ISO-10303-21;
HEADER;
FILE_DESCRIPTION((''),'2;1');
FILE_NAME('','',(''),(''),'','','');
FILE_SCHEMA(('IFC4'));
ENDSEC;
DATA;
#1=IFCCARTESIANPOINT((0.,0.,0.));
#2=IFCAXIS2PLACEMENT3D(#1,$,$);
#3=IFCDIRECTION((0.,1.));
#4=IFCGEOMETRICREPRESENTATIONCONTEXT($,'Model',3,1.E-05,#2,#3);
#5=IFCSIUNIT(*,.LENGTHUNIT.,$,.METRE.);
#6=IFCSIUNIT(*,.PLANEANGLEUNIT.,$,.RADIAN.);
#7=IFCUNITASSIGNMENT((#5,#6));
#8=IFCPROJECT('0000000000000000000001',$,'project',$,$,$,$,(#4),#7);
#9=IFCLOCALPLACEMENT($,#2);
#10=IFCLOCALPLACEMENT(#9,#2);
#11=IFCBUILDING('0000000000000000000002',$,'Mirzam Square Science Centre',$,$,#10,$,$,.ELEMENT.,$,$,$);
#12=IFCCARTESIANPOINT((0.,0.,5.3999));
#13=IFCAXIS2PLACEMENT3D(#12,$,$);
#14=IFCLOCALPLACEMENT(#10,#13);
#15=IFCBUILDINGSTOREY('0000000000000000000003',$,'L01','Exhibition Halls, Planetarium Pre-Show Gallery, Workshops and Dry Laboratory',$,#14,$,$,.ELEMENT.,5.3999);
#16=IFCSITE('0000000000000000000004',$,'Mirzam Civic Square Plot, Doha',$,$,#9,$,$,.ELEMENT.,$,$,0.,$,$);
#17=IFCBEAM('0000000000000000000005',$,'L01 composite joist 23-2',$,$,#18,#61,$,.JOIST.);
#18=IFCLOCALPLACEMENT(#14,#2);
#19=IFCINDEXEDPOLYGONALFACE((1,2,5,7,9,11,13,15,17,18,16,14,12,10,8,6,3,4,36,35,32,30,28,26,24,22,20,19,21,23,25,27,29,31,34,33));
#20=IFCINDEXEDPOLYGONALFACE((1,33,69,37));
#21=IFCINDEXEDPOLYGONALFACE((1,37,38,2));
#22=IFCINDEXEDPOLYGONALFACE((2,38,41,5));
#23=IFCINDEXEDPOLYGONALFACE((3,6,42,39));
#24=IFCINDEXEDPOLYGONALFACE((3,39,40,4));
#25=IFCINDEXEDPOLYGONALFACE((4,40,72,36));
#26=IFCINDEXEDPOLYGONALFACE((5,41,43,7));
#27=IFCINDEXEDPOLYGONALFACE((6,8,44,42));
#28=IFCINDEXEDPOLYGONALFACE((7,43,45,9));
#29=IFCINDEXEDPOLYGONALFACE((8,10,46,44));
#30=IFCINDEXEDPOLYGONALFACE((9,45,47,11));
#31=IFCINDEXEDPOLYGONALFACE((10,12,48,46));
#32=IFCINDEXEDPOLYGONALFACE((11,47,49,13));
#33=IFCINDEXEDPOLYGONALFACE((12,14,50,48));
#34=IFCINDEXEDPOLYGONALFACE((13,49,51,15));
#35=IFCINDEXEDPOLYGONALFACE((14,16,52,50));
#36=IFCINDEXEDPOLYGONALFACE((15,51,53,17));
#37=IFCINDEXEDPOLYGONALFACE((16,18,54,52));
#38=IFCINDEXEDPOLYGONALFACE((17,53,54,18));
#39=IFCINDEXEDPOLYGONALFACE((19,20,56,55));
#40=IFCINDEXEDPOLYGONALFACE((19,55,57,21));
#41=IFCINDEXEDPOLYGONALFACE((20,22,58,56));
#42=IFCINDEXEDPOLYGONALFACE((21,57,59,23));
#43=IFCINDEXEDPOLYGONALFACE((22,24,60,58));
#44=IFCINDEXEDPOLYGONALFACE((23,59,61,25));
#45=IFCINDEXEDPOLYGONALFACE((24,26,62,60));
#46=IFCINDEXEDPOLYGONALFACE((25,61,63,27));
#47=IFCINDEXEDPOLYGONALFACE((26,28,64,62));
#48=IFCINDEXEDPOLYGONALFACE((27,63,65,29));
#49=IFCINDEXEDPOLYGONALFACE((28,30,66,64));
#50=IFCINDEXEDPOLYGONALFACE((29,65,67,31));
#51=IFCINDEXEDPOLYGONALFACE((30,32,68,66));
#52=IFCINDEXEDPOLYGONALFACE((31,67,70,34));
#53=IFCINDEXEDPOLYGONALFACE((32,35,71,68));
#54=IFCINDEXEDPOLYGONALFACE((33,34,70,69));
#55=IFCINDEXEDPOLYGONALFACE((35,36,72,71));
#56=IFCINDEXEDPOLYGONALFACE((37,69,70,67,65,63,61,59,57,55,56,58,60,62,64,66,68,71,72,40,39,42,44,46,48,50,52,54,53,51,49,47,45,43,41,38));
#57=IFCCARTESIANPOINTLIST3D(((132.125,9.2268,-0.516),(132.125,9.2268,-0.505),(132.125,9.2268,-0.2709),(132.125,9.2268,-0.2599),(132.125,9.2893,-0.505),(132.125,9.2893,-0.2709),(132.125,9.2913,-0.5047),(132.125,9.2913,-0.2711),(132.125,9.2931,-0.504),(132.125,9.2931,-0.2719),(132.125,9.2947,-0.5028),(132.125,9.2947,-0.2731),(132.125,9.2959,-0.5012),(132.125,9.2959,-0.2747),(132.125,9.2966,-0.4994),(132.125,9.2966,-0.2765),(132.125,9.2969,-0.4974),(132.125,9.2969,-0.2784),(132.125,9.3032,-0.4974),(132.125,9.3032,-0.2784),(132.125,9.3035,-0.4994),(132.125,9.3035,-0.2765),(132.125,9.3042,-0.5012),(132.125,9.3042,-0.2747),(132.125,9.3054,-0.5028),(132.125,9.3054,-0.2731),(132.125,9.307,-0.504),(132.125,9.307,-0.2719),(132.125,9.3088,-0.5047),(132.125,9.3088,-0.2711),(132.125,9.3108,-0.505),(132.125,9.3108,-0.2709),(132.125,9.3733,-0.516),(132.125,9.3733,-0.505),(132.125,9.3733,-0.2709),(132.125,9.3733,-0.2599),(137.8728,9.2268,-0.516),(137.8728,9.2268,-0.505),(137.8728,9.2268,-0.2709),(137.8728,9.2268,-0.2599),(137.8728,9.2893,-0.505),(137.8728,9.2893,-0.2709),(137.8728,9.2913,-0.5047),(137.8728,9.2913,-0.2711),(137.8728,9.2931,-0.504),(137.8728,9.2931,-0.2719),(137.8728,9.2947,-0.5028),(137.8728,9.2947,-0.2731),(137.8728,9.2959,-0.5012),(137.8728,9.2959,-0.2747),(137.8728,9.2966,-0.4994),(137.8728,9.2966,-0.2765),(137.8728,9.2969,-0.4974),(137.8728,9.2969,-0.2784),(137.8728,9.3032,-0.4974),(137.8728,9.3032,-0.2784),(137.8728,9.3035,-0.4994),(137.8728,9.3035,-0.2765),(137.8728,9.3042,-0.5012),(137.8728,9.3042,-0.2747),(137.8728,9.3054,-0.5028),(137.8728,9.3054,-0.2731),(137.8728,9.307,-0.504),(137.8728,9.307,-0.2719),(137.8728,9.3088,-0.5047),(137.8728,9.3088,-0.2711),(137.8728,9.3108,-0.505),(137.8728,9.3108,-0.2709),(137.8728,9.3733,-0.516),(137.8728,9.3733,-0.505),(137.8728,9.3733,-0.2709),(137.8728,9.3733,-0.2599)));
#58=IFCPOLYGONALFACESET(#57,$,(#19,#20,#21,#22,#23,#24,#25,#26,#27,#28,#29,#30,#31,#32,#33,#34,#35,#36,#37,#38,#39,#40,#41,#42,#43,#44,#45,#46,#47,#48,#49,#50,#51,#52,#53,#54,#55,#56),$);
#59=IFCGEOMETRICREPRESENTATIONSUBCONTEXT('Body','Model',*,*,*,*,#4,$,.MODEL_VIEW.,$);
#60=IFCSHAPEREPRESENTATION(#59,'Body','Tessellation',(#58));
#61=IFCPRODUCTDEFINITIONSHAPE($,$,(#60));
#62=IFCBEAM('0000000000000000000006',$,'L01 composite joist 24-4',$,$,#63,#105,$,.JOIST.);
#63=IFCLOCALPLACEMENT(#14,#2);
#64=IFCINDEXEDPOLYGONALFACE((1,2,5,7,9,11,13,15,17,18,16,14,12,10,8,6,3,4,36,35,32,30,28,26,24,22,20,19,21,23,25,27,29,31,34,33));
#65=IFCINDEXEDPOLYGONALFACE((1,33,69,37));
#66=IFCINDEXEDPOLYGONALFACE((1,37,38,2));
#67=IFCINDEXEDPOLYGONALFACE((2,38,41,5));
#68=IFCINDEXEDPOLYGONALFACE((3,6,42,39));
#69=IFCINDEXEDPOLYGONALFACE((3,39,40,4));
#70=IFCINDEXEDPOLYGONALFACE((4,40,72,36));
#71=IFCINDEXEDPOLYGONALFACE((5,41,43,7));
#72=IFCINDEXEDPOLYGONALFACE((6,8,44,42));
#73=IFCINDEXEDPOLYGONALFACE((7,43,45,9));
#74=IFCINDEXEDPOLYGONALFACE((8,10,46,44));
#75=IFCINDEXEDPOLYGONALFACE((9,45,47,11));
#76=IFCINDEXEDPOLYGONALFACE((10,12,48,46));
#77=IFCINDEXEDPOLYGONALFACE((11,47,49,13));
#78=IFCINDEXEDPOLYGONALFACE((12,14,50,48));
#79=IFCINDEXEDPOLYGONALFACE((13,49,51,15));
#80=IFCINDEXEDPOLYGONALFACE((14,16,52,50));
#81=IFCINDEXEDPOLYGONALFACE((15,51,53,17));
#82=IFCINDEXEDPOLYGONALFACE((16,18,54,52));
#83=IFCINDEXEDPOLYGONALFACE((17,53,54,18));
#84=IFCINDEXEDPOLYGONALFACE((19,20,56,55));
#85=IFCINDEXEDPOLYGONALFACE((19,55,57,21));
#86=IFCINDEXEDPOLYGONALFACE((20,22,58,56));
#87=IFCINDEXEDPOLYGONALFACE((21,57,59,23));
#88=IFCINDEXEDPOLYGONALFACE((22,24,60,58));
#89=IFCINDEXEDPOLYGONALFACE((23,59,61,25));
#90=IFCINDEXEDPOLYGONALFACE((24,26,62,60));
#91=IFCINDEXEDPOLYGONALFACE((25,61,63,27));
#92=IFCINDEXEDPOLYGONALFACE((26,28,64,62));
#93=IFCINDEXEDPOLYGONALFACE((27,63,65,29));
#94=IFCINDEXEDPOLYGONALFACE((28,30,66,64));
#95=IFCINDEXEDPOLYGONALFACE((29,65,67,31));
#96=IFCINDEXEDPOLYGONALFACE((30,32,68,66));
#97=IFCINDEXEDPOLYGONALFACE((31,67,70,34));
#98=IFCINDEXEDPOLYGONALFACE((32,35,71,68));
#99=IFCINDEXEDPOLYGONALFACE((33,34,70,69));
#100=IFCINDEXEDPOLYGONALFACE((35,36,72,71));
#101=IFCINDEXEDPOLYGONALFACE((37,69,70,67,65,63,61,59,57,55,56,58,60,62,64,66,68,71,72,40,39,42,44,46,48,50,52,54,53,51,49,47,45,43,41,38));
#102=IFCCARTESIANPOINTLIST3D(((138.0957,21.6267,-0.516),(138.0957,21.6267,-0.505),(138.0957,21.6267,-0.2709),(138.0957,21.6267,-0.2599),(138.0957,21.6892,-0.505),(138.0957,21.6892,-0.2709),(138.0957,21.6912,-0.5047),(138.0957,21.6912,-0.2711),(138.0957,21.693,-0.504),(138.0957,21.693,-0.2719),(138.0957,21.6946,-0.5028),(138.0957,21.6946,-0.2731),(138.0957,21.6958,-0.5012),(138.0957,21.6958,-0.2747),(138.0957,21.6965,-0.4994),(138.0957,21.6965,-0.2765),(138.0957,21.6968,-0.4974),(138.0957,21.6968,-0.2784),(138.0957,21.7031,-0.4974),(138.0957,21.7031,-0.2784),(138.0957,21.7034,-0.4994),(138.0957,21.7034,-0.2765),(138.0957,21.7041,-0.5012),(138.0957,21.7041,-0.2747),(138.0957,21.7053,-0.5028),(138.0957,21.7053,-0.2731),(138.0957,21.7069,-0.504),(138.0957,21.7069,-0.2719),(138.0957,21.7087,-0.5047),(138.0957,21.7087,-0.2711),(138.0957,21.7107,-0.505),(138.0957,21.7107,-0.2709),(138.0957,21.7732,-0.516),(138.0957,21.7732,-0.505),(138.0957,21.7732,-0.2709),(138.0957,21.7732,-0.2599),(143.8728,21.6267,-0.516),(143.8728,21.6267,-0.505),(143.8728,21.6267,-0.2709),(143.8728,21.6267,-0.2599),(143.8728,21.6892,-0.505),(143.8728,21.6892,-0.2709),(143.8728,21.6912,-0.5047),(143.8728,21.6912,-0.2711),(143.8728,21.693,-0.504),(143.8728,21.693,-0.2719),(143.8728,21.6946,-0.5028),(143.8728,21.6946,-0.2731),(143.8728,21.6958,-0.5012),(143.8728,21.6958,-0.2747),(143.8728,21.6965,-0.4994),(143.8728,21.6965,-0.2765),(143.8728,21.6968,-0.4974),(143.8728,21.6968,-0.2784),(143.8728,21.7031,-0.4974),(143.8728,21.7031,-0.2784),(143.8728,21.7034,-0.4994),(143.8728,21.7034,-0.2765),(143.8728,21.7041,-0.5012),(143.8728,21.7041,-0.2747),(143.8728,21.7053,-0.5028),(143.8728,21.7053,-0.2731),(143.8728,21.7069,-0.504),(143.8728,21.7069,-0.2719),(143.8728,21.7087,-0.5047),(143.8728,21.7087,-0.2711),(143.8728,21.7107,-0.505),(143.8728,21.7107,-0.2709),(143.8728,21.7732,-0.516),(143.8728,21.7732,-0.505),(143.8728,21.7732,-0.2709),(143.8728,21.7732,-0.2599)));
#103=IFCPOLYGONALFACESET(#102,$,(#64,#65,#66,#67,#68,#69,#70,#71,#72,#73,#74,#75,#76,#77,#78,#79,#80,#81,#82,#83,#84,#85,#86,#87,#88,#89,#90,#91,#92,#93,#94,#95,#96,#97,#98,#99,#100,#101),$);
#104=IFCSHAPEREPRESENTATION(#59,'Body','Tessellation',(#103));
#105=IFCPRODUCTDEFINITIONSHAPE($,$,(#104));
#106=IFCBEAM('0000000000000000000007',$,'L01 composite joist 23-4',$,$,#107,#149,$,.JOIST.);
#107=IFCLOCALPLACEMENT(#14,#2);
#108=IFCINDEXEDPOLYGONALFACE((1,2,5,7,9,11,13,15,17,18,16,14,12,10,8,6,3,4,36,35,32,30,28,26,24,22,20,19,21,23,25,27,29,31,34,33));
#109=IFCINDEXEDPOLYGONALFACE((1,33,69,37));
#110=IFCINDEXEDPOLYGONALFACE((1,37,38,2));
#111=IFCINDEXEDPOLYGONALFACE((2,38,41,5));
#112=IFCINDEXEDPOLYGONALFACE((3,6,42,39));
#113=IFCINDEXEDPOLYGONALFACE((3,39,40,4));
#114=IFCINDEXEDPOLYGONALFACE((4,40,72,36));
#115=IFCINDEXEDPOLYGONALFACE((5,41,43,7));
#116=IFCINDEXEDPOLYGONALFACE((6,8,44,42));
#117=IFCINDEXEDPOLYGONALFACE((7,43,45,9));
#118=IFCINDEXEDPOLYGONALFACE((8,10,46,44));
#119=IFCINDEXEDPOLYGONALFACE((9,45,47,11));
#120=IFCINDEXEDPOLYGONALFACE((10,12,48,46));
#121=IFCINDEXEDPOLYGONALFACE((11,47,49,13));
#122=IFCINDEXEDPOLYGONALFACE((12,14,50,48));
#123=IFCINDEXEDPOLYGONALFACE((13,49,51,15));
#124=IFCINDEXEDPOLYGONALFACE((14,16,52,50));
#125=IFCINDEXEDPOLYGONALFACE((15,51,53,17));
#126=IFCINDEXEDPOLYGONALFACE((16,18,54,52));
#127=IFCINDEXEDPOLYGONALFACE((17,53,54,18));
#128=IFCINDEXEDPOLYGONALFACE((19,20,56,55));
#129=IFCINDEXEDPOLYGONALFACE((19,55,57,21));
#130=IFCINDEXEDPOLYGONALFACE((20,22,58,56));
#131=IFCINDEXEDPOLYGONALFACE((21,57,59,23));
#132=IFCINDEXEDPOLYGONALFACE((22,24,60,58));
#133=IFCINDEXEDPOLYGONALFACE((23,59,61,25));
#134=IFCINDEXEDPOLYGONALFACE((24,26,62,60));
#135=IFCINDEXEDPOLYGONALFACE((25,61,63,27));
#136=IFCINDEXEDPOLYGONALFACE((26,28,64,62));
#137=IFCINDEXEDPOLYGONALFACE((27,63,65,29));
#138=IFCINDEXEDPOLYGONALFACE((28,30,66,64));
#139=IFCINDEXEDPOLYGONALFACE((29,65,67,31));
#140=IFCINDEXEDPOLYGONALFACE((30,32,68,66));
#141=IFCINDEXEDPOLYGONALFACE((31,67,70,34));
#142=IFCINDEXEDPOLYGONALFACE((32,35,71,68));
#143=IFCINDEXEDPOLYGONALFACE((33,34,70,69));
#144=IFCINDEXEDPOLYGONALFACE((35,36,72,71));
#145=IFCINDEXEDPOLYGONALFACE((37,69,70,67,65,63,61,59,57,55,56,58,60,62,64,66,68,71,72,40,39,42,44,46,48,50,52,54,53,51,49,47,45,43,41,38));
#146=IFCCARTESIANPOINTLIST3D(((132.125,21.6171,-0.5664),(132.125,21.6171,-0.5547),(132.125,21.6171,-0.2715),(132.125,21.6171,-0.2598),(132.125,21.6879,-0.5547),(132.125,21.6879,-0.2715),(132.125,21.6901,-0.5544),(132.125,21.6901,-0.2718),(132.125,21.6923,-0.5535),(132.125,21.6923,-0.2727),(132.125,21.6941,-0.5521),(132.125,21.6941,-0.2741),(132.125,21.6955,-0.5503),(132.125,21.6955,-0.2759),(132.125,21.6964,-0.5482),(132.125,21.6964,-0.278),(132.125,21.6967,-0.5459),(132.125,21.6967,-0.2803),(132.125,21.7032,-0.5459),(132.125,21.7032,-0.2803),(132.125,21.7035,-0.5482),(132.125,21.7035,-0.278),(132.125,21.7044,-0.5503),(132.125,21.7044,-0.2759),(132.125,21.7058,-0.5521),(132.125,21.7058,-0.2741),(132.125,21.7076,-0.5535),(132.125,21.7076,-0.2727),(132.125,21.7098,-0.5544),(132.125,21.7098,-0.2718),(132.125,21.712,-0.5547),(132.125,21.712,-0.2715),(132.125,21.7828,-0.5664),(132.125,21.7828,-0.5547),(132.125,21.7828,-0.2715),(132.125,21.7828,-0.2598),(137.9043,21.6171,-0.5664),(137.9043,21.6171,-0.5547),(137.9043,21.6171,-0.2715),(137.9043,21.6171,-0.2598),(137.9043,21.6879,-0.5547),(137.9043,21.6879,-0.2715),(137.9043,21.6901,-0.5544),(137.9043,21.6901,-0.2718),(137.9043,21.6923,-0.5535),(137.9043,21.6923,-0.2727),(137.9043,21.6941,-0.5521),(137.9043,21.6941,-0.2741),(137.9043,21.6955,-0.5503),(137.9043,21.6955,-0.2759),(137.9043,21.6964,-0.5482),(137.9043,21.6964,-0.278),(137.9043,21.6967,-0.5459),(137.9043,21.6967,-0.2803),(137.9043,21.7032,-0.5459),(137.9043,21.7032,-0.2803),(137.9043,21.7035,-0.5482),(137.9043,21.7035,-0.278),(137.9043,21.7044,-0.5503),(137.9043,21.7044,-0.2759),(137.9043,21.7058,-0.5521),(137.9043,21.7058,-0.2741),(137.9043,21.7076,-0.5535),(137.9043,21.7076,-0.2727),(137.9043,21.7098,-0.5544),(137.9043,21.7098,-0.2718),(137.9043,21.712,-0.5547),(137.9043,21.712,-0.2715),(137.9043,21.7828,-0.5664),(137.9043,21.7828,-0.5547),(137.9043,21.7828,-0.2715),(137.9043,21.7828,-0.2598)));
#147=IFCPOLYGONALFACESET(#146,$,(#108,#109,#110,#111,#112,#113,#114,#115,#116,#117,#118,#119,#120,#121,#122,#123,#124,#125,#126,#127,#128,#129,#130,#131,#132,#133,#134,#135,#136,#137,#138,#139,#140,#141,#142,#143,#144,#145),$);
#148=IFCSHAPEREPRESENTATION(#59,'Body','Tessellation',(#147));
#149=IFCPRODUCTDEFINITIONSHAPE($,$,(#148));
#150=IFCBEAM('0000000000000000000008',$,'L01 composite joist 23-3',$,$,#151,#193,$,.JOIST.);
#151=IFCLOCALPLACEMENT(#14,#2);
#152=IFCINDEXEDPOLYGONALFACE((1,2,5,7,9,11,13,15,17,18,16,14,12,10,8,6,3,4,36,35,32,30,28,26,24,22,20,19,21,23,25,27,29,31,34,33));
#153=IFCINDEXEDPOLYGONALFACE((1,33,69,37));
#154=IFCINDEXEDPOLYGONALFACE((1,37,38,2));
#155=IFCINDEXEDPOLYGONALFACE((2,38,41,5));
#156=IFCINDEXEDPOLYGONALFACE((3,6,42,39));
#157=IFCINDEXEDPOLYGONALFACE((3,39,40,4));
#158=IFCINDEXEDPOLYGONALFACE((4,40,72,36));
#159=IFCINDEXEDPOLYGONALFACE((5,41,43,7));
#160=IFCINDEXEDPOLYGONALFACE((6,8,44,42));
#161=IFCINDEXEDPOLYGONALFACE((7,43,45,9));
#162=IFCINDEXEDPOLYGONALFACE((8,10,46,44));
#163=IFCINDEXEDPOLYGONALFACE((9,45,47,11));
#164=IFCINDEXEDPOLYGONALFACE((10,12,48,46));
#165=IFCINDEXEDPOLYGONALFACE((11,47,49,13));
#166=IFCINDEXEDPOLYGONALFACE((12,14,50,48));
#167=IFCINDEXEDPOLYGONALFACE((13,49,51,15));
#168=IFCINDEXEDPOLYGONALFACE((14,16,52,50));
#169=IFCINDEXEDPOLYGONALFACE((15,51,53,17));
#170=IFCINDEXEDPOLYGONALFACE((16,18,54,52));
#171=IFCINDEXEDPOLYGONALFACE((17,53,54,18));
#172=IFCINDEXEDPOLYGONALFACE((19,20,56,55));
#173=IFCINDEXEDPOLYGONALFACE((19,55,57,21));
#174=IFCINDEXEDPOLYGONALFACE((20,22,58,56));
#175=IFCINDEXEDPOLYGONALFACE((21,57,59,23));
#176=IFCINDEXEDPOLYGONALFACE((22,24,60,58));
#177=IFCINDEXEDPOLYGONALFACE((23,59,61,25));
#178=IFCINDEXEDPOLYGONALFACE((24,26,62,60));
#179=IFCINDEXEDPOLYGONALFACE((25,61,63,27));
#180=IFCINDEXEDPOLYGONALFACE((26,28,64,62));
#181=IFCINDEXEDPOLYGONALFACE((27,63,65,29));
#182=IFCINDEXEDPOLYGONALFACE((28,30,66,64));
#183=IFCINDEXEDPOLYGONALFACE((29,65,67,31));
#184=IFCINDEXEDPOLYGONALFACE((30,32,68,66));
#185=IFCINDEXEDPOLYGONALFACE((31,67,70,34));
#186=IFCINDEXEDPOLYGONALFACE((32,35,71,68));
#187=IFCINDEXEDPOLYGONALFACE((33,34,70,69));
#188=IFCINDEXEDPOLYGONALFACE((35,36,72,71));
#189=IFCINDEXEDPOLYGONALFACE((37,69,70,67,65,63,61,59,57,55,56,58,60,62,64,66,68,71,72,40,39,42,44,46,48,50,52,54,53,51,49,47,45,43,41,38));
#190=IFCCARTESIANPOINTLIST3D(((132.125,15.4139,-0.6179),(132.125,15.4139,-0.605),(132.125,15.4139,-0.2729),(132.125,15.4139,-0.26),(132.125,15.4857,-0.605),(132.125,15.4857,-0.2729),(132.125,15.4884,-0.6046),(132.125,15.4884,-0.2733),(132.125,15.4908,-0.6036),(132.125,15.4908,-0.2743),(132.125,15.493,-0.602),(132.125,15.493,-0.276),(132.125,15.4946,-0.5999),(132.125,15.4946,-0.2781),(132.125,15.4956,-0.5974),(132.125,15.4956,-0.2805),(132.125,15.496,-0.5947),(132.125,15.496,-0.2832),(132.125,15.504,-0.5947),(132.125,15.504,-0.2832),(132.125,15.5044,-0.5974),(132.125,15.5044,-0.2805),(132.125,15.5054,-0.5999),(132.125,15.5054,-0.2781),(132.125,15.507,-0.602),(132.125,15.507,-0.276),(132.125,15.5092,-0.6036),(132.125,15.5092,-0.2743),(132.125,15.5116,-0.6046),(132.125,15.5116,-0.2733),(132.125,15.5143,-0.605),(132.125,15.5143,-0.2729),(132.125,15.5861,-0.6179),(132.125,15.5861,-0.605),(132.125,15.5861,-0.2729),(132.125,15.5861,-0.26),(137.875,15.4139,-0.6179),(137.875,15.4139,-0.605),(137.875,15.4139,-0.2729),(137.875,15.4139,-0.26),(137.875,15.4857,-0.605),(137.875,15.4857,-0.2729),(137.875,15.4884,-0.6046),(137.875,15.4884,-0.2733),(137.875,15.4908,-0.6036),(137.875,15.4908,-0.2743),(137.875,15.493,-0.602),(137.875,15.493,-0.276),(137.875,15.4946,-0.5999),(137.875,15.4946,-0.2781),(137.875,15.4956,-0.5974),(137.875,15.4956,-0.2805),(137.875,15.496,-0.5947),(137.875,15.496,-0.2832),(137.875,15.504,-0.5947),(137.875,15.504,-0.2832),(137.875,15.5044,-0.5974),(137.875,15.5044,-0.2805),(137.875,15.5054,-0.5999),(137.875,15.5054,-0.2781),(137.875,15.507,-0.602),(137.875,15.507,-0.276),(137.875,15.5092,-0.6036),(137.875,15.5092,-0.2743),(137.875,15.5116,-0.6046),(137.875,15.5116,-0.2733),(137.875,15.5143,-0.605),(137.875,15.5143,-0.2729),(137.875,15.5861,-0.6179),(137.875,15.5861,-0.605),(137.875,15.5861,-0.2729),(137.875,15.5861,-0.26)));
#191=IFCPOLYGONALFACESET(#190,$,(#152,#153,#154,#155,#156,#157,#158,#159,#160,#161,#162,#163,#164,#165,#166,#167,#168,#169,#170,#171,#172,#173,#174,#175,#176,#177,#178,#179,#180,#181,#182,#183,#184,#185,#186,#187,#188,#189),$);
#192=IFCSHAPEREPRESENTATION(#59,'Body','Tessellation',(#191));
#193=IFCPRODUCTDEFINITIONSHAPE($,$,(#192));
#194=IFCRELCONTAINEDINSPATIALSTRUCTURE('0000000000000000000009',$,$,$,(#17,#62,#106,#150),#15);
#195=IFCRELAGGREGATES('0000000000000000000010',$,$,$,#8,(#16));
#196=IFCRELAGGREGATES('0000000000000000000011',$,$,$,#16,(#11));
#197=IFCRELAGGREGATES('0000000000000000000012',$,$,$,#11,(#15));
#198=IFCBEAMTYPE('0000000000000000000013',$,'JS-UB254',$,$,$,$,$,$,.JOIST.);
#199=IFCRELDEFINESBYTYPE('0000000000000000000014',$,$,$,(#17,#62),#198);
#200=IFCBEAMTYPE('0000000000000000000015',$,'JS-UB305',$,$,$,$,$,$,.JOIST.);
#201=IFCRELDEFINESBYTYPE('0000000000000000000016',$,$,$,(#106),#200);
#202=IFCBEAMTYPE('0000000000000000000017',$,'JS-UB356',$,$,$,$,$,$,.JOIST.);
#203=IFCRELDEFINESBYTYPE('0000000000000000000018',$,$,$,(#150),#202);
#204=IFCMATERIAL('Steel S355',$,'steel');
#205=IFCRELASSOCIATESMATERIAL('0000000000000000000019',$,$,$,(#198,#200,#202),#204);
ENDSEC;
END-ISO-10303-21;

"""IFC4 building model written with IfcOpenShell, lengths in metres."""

from ifc_helpers import new_model, si_unit, direction, frame, origin, origin_2d, place, context, subcontext, project, spatial, i_section, extrude, material, material_profile, profile_set, type_object, element, save


model = new_model("IFC4")

# Units and contexts
model_context = context("Model", 3, precision=1e-05, world=origin(), true_north=direction((0.0, 1.0)))
body_context = subcontext(model_context, "Body", "Model", "MODEL_VIEW")
ifc_project = project(units=[si_unit("LENGTHUNIT", "METRE"), si_unit("PLANEANGLEUNIT", "RADIAN")], contexts=[model_context])

# Site, building, storey
site_placement = place(None, origin())
site = spatial("IfcSite", under=ifc_project, at=site_placement, Name="Mirzam Civic Square Plot, Doha", CompositionType="ELEMENT", RefElevation=0.0)
building_placement = place(site_placement, origin())
building = spatial("IfcBuilding", under=site, at=building_placement, Name="Mirzam Square Science Centre", CompositionType="ELEMENT")
storey_placement = place(building_placement, frame((0.0, 0.0, 5.3999)))
storey = spatial("IfcBuildingStorey", under=building, at=storey_placement, Name="L01", Description="Exhibition Halls, Planetarium Pre-Show Gallery, Workshops and Dry Laboratory", CompositionType="ELEMENT", Elevation=5.3999)

# Shared definitions
ifc_material_1 = material(Name="Steel S355", Category="steel")

# Beams
ifc_material_profile_1 = material_profile(ifc_material_1, i_section(OverallWidth=0.1465, OverallDepth=0.2561, WebThickness=0.0063, FlangeThickness=0.011, FilletRadius=0.0076, at=origin_2d()), Name="254x146x37UB")
ifc_profile_set_1 = profile_set([ifc_material_profile_1], Name="Steel S355")
beam_type_1 = type_object("IfcBeamType", Name="JS-UB254", PredefinedType="JOIST", material=ifc_profile_set_1)
beam_1_placement = place(storey_placement, frame((132.125, 9.3, -0.3879), z_axis=(1.0, 0.0, 0.0), x_axis=(0.0, 1.0, 0.0)))
element("IfcBeam", 1, at=beam_1_placement, inside=storey, type_object=beam_type_1, Name="L01 composite joist 23-2", PredefinedType="JOIST", context=body_context, shape_type="SweptSolid", body=[
    extrude(i_section(OverallWidth=0.1465, OverallDepth=0.2561, WebThickness=0.0063, FlangeThickness=0.011, FilletRadius=0.0076, at=origin_2d()), origin(), (0.0, 0.0, 1.0), 5.7478),
])
beam_2_placement = place(storey_placement, frame((138.0957, 21.7, -0.3879), z_axis=(1.0, 0.0, 0.0), x_axis=(0.0, 1.0, 0.0)))
element("IfcBeam", 2, at=beam_2_placement, inside=storey, type_object=beam_type_1, Name="L01 composite joist 24-4", PredefinedType="JOIST", context=body_context, shape_type="SweptSolid", body=[
    extrude(i_section(OverallWidth=0.1465, OverallDepth=0.2561, WebThickness=0.0063, FlangeThickness=0.011, FilletRadius=0.0076, at=origin_2d()), origin(), (0.0, 0.0, 1.0), 5.7771),
])
ifc_material_profile_2 = material_profile(ifc_material_1, i_section(OverallWidth=0.1658, OverallDepth=0.3066, WebThickness=0.0066, FlangeThickness=0.0117, FilletRadius=0.0088, at=origin_2d()), Name="305x165x46UB")
ifc_profile_set_2 = profile_set([ifc_material_profile_2], Name="Steel S355")
beam_type_2 = type_object("IfcBeamType", Name="JS-UB305", PredefinedType="JOIST", material=ifc_profile_set_2)
beam_3_placement = place(storey_placement, frame((132.125, 21.7, -0.4131), z_axis=(1.0, 0.0, 0.0), x_axis=(0.0, 1.0, 0.0)))
element("IfcBeam", 3, at=beam_3_placement, inside=storey, type_object=beam_type_2, Name="L01 composite joist 23-4", PredefinedType="JOIST", context=body_context, shape_type="SweptSolid", body=[
    extrude(i_section(OverallWidth=0.1658, OverallDepth=0.3066, WebThickness=0.0066, FlangeThickness=0.0117, FilletRadius=0.0088, at=origin_2d()), origin(), (0.0, 0.0, 1.0), 5.7793),
])
ifc_material_profile_3 = material_profile(ifc_material_1, i_section(OverallWidth=0.1721, OverallDepth=0.3579, WebThickness=0.0081, FlangeThickness=0.0129, FilletRadius=0.0103, at=origin_2d()), Name="356x171x57UB")
ifc_profile_set_3 = profile_set([ifc_material_profile_3], Name="Steel S355")
beam_type_3 = type_object("IfcBeamType", Name="JS-UB356", PredefinedType="JOIST", material=ifc_profile_set_3)
beam_4_placement = place(storey_placement, frame((132.125, 15.5, -0.439), z_axis=(1.0, 0.0, 0.0), x_axis=(0.0, 1.0, 0.0)))
element("IfcBeam", 4, at=beam_4_placement, inside=storey, type_object=beam_type_3, Name="L01 composite joist 23-3", PredefinedType="JOIST", context=body_context, shape_type="SweptSolid", body=[
    extrude(i_section(OverallWidth=0.1721, OverallDepth=0.3579, WebThickness=0.0081, FlangeThickness=0.0129, FilletRadius=0.0103, at=origin_2d()), origin(), (0.0, 0.0, 1.0), 5.75),
])

save(model, "model.ifc")
